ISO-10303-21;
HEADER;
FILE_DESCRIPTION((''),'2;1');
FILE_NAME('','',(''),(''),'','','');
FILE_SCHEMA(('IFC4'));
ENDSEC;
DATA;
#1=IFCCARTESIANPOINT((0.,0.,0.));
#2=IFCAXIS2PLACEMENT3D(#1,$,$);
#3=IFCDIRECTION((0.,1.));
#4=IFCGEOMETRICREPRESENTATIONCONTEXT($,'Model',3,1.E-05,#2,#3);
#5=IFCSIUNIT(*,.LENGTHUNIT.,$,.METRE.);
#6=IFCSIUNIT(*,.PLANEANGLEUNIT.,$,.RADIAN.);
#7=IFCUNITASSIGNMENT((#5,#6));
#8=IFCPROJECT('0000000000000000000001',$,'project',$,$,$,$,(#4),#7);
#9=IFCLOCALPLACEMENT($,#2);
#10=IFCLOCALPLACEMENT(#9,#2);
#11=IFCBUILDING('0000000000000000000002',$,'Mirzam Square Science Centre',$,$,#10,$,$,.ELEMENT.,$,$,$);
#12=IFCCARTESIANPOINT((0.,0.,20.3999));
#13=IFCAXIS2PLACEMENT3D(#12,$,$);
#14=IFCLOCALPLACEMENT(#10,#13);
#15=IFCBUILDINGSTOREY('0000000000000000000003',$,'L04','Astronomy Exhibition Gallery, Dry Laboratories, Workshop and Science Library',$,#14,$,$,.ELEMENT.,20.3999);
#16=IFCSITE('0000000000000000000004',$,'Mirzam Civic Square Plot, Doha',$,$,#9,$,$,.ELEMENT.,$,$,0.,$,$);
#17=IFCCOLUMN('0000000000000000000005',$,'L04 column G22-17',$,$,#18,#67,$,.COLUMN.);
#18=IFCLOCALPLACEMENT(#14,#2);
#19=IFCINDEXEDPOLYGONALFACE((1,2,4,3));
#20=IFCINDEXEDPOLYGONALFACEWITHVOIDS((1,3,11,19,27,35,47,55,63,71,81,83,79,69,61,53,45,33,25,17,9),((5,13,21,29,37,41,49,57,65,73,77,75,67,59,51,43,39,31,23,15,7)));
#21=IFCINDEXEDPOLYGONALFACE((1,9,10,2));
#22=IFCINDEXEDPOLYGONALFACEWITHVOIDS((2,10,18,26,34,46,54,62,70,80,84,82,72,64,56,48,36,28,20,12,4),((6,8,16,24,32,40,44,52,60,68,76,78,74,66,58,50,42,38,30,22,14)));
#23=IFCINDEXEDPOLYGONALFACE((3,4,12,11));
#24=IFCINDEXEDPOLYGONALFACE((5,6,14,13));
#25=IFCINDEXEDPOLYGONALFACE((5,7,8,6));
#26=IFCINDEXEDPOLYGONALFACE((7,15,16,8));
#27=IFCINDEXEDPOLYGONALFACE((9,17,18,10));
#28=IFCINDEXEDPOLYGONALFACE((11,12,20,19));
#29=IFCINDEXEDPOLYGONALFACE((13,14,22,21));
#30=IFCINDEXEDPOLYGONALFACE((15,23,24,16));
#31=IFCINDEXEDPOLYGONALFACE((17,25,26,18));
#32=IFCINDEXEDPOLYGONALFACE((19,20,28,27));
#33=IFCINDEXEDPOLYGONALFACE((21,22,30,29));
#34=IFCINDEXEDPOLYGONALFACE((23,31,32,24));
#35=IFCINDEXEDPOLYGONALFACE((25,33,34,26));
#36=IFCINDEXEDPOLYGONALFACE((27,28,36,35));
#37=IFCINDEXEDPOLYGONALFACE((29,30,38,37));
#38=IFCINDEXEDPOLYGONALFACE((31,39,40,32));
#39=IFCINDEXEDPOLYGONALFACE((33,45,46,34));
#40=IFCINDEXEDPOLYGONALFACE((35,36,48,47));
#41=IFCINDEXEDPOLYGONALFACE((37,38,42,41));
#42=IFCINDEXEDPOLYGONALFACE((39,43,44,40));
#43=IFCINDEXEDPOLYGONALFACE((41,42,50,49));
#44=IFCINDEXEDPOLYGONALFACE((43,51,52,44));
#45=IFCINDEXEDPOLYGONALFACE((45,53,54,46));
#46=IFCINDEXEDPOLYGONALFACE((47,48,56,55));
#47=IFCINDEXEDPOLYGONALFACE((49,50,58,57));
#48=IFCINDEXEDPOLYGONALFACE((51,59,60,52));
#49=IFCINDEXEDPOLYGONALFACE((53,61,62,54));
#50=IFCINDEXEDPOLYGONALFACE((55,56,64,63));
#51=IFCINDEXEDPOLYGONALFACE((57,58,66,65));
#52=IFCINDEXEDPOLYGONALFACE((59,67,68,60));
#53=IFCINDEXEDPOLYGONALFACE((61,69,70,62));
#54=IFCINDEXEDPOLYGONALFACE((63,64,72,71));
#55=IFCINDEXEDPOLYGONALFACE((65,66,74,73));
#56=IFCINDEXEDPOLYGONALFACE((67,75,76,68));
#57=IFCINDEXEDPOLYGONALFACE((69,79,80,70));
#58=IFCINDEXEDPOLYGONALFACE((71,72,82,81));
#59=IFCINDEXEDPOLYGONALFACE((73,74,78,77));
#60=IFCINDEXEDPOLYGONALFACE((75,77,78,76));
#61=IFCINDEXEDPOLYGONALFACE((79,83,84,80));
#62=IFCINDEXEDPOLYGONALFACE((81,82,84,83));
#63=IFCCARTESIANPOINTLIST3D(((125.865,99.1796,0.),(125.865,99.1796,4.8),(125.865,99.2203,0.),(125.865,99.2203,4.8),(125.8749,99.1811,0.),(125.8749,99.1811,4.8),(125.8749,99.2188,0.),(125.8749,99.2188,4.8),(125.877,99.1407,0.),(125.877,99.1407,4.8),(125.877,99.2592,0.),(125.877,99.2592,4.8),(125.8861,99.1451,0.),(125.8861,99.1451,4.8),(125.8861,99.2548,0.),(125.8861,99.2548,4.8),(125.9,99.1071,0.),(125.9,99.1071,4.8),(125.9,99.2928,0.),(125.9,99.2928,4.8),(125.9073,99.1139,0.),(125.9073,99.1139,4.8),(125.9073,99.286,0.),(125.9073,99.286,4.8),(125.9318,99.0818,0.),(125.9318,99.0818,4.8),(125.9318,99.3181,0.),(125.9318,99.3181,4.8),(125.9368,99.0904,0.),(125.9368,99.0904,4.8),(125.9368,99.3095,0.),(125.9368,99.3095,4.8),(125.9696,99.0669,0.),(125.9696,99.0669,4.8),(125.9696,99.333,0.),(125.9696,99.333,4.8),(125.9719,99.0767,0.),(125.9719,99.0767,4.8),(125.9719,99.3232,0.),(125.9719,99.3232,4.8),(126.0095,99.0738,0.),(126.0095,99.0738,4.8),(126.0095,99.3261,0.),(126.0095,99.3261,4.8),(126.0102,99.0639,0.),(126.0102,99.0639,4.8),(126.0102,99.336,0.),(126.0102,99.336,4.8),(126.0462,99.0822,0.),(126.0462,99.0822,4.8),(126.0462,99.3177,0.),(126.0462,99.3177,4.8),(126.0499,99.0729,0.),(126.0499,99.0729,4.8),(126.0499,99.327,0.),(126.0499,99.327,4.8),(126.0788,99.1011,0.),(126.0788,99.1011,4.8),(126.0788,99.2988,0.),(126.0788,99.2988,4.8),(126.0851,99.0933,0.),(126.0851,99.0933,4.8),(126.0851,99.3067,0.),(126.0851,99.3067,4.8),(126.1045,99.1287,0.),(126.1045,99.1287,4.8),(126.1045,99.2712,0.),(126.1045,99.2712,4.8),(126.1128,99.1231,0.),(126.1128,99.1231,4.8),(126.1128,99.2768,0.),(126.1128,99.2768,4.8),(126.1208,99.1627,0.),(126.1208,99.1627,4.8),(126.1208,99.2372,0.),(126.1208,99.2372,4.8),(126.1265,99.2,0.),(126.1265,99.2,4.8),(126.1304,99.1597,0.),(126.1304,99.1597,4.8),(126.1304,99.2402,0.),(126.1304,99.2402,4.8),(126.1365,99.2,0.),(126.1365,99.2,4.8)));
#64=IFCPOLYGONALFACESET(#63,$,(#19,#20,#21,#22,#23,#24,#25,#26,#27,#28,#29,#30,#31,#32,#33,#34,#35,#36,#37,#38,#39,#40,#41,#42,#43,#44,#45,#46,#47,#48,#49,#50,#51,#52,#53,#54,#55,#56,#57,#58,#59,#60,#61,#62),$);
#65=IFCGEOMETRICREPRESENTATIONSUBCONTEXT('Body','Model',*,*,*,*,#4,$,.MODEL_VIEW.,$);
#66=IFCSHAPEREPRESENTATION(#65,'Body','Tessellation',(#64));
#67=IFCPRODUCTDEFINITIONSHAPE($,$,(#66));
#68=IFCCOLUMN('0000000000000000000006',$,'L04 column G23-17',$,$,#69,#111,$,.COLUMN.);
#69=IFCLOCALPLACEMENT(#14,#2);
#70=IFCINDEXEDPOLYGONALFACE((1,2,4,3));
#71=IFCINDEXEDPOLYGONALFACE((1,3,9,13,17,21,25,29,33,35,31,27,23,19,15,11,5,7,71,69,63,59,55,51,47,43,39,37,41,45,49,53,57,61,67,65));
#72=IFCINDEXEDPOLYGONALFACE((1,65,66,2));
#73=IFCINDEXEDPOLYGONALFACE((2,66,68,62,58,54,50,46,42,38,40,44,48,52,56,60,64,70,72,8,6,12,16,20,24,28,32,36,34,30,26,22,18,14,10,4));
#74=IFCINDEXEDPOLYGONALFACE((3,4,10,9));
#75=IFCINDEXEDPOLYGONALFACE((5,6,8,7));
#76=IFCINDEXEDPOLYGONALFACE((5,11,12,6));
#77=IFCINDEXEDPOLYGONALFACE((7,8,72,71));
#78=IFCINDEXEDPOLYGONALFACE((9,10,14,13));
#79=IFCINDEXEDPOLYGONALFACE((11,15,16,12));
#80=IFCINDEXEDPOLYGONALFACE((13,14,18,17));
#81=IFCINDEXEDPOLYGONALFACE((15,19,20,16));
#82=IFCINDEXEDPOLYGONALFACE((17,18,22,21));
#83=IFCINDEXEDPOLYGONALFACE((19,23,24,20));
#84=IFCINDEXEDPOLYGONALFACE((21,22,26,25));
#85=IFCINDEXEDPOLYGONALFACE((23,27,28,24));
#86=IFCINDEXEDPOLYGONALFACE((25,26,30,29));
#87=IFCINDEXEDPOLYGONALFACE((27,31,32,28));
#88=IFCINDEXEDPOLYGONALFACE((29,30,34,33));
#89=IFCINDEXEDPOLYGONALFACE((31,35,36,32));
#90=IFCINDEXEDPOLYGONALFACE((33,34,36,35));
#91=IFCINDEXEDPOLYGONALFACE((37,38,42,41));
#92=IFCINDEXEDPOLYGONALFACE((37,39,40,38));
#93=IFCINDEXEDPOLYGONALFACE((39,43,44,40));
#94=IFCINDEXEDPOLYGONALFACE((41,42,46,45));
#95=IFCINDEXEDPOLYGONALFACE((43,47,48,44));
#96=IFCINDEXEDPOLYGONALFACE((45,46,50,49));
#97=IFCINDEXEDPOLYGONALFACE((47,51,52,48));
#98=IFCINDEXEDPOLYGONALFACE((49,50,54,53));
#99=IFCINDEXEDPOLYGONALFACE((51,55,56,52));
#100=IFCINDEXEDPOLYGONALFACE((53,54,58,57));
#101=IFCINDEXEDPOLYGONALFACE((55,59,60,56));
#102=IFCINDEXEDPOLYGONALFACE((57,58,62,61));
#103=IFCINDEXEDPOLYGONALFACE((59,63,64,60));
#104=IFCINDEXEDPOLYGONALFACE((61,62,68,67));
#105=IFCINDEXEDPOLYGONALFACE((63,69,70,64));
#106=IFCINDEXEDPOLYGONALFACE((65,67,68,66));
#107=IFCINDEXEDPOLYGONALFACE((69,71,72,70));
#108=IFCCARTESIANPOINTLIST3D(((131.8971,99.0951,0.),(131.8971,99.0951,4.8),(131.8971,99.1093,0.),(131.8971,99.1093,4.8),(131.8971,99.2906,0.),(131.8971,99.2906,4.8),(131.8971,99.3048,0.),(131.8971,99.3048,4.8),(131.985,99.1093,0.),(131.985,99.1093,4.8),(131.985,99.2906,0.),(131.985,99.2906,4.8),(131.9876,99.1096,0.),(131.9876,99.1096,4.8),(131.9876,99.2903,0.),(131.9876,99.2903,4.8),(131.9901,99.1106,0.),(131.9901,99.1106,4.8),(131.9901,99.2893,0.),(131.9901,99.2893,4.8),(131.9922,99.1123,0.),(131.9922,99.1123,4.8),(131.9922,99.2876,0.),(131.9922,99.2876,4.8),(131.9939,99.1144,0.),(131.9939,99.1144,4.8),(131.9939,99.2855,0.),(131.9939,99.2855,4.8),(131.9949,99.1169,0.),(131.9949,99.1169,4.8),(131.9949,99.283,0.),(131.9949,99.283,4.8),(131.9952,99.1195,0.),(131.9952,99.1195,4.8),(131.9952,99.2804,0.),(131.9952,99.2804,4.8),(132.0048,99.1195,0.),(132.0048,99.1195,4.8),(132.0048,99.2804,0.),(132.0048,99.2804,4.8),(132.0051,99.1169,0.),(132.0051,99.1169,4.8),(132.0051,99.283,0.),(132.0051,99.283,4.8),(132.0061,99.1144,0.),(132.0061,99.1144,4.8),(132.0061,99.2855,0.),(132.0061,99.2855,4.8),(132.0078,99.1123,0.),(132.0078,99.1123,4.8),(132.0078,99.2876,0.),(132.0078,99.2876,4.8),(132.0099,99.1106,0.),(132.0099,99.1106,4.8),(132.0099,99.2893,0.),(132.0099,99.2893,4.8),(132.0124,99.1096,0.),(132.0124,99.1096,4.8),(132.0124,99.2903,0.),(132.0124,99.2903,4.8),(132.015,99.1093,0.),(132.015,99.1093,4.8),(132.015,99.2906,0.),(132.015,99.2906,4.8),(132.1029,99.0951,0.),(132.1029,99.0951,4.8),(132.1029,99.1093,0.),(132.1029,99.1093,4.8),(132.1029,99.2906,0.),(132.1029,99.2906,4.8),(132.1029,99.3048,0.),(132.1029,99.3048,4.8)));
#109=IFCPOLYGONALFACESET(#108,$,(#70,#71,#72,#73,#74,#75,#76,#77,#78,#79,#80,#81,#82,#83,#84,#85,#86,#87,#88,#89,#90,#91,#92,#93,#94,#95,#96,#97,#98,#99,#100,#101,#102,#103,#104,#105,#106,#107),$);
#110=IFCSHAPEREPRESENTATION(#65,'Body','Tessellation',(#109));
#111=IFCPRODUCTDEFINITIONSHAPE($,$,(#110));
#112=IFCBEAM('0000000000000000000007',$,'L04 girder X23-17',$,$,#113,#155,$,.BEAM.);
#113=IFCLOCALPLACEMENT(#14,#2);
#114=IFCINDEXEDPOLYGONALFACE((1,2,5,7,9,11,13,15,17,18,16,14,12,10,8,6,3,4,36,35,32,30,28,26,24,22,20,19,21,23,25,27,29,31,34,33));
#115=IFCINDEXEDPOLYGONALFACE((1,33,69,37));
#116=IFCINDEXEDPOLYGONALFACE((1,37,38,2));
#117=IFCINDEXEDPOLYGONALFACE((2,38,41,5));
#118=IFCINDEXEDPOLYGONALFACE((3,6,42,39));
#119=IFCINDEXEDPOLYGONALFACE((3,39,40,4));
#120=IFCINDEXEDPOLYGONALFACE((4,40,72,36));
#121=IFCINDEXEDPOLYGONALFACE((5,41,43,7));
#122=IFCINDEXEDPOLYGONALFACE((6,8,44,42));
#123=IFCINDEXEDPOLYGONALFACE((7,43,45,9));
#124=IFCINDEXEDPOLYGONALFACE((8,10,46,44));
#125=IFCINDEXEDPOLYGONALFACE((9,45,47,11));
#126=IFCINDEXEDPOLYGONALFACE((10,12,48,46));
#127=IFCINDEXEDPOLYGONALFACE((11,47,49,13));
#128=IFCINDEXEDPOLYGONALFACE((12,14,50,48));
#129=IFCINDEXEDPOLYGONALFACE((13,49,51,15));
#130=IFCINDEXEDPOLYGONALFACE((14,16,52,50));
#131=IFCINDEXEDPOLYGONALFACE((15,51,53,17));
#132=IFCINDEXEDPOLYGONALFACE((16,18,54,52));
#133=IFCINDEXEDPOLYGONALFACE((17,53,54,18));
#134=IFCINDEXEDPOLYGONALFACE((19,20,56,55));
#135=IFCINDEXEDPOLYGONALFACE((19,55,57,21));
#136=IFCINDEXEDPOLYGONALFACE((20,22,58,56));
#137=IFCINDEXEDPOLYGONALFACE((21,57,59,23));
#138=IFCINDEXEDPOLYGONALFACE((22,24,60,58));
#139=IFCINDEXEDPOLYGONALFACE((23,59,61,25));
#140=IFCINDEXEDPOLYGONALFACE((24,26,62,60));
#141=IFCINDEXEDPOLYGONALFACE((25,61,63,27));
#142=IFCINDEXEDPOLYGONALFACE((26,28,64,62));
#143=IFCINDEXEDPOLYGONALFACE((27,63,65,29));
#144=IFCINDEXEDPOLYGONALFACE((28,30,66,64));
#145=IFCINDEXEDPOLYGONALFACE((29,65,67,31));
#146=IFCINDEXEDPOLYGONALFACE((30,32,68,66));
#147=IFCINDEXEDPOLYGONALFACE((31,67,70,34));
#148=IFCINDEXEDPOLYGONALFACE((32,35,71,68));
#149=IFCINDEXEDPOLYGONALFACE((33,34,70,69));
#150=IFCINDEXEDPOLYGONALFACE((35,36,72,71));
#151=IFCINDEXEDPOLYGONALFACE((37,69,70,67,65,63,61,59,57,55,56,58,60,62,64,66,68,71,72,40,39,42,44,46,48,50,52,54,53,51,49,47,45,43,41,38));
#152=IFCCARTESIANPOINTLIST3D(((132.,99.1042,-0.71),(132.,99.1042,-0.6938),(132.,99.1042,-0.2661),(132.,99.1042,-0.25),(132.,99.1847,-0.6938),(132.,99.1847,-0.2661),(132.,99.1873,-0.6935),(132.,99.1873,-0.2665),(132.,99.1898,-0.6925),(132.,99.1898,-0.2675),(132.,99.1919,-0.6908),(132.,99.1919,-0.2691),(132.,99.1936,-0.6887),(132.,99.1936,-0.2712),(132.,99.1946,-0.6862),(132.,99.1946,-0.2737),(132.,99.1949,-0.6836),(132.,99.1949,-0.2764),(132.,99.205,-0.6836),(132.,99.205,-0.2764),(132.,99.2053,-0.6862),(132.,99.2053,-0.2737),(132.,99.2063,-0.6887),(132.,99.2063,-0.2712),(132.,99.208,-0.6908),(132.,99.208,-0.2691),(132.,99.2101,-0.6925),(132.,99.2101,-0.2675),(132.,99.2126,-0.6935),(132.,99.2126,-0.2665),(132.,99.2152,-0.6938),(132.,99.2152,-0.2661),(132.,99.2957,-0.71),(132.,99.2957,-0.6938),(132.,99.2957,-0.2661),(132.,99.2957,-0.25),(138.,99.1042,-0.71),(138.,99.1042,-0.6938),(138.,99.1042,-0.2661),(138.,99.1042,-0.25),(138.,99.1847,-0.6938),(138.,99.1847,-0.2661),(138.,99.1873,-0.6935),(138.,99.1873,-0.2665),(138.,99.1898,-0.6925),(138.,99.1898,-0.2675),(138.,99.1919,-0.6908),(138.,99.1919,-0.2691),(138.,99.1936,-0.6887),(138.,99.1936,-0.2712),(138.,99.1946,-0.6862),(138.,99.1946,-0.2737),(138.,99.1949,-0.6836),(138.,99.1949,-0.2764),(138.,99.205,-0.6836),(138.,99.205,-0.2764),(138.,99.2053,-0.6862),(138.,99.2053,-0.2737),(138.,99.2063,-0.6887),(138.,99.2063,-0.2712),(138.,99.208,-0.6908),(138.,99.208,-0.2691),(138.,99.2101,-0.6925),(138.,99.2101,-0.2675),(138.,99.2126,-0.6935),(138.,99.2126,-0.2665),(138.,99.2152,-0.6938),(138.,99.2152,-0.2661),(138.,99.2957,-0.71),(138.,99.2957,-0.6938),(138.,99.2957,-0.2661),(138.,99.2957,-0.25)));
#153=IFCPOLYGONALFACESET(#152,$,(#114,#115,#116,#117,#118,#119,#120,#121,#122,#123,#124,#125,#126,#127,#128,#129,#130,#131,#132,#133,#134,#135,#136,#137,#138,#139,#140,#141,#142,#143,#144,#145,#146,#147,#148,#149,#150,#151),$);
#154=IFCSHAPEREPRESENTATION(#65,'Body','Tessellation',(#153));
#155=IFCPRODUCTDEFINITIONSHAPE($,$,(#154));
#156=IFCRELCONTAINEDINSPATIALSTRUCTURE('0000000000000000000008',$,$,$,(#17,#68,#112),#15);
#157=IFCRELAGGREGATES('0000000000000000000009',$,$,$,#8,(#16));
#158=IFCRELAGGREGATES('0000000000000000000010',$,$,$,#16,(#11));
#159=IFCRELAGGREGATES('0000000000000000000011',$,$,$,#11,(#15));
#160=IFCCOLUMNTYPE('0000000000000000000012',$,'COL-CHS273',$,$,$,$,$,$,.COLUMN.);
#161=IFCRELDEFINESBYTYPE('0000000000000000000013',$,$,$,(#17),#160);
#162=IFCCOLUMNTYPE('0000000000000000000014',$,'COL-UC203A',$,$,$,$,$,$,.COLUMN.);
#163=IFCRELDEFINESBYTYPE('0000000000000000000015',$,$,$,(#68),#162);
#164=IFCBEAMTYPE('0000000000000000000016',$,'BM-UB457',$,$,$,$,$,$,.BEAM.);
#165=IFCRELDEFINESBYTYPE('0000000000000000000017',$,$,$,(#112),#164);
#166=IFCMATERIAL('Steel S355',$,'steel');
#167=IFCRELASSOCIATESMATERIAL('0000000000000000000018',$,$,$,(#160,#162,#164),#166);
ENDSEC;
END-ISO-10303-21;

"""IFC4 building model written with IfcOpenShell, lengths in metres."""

from ifc_helpers import new_model, si_unit, direction, frame, origin, origin_2d, place, context, subcontext, project, spatial, hollow_circle, i_section, extrude, material, material_profile, profile_set, type_object, element, save


model = new_model("IFC4")

# Units and contexts
model_context = context("Model", 3, precision=1e-05, world=origin(), true_north=direction((0.0, 1.0)))
body_context = subcontext(model_context, "Body", "Model", "MODEL_VIEW")
ifc_project = project(units=[si_unit("LENGTHUNIT", "METRE"), si_unit("PLANEANGLEUNIT", "RADIAN")], contexts=[model_context])

# Site, building, storey
site_placement = place(None, origin())
site = spatial("IfcSite", under=ifc_project, at=site_placement, Name="Mirzam Civic Square Plot, Doha", CompositionType="ELEMENT", RefElevation=0.0)
building_placement = place(site_placement, origin())
building = spatial("IfcBuilding", under=site, at=building_placement, Name="Mirzam Square Science Centre", CompositionType="ELEMENT")
storey_placement = place(building_placement, frame((0.0, 0.0, 20.3999)))
storey = spatial("IfcBuildingStorey", under=building, at=storey_placement, Name="L04", Description="Astronomy Exhibition Gallery, Dry Laboratories, Workshop and Science Library", CompositionType="ELEMENT", Elevation=20.3999)

# Columns
ifc_material_1 = material(Name="Steel S355", Category="steel")
ifc_material_profile_1 = material_profile(ifc_material_1, hollow_circle(Radius=0.1365, WallThickness=0.01, at=origin_2d()), Name="273.0x10.0CHS")
ifc_profile_set_1 = profile_set([ifc_material_profile_1], Name="Steel S355")
column_type_1 = type_object("IfcColumnType", Name="COL-CHS273", PredefinedType="COLUMN", material=ifc_profile_set_1)
column_1_placement = place(storey_placement, frame((126.0, 99.2, 0.0), z_axis=(0.0, 0.0, 1.0), x_axis=(1.0, 0.0, 0.0)))
element("IfcColumn", 1, at=column_1_placement, inside=storey, type_object=column_type_1, Name="L04 column G22-17", PredefinedType="COLUMN", context=body_context, shape_type="SweptSolid", body=[
    extrude(hollow_circle(Radius=0.1365, WallThickness=0.01, at=origin_2d()), origin(), (0.0, 0.0, 1.0), 4.8),
])
ifc_material_profile_2 = material_profile(ifc_material_1, i_section(OverallWidth=0.2058, OverallDepth=0.2097, WebThickness=0.0095, FlangeThickness=0.0142, FilletRadius=0.0103, at=origin_2d()), Name="203x203x60UC")
ifc_profile_set_2 = profile_set([ifc_material_profile_2], Name="Steel S355")
column_type_2 = type_object("IfcColumnType", Name="COL-UC203A", PredefinedType="COLUMN", material=ifc_profile_set_2)
column_2_placement = place(storey_placement, frame((132.0, 99.2, 0.0), z_axis=(0.0, 0.0, 1.0), x_axis=(1.0, 0.0, 0.0)))
element("IfcColumn", 2, at=column_2_placement, inside=storey, type_object=column_type_2, Name="L04 column G23-17", PredefinedType="COLUMN", context=body_context, shape_type="SweptSolid", body=[
    extrude(i_section(OverallWidth=0.2058, OverallDepth=0.2097, WebThickness=0.0095, FlangeThickness=0.0142, FilletRadius=0.0103, at=origin_2d()), origin(), (0.0, 0.0, 1.0), 4.8),
])

# Beam
ifc_material_profile_3 = material_profile(ifc_material_1, i_section(OverallWidth=0.1914, OverallDepth=0.46, WebThickness=0.01, FlangeThickness=0.0161, FilletRadius=0.0103, at=origin_2d()), Name="457x191x82UB")
ifc_profile_set_3 = profile_set([ifc_material_profile_3], Name="Steel S355")
beam_type_1 = type_object("IfcBeamType", Name="BM-UB457", PredefinedType="BEAM", material=ifc_profile_set_3)
beam_1_placement = place(storey_placement, frame((132.0, 99.2, -0.48), z_axis=(1.0, 0.0, 0.0), x_axis=(0.0, 1.0, 0.0)))
element("IfcBeam", 3, at=beam_1_placement, inside=storey, type_object=beam_type_1, Name="L04 girder X23-17", PredefinedType="BEAM", context=body_context, shape_type="SweptSolid", body=[
    extrude(i_section(OverallWidth=0.1914, OverallDepth=0.46, WebThickness=0.01, FlangeThickness=0.0161, FilletRadius=0.0103, at=origin_2d()), origin(), (0.0, 0.0, 1.0), 6.0),
])

save(model, "model.ifc")
